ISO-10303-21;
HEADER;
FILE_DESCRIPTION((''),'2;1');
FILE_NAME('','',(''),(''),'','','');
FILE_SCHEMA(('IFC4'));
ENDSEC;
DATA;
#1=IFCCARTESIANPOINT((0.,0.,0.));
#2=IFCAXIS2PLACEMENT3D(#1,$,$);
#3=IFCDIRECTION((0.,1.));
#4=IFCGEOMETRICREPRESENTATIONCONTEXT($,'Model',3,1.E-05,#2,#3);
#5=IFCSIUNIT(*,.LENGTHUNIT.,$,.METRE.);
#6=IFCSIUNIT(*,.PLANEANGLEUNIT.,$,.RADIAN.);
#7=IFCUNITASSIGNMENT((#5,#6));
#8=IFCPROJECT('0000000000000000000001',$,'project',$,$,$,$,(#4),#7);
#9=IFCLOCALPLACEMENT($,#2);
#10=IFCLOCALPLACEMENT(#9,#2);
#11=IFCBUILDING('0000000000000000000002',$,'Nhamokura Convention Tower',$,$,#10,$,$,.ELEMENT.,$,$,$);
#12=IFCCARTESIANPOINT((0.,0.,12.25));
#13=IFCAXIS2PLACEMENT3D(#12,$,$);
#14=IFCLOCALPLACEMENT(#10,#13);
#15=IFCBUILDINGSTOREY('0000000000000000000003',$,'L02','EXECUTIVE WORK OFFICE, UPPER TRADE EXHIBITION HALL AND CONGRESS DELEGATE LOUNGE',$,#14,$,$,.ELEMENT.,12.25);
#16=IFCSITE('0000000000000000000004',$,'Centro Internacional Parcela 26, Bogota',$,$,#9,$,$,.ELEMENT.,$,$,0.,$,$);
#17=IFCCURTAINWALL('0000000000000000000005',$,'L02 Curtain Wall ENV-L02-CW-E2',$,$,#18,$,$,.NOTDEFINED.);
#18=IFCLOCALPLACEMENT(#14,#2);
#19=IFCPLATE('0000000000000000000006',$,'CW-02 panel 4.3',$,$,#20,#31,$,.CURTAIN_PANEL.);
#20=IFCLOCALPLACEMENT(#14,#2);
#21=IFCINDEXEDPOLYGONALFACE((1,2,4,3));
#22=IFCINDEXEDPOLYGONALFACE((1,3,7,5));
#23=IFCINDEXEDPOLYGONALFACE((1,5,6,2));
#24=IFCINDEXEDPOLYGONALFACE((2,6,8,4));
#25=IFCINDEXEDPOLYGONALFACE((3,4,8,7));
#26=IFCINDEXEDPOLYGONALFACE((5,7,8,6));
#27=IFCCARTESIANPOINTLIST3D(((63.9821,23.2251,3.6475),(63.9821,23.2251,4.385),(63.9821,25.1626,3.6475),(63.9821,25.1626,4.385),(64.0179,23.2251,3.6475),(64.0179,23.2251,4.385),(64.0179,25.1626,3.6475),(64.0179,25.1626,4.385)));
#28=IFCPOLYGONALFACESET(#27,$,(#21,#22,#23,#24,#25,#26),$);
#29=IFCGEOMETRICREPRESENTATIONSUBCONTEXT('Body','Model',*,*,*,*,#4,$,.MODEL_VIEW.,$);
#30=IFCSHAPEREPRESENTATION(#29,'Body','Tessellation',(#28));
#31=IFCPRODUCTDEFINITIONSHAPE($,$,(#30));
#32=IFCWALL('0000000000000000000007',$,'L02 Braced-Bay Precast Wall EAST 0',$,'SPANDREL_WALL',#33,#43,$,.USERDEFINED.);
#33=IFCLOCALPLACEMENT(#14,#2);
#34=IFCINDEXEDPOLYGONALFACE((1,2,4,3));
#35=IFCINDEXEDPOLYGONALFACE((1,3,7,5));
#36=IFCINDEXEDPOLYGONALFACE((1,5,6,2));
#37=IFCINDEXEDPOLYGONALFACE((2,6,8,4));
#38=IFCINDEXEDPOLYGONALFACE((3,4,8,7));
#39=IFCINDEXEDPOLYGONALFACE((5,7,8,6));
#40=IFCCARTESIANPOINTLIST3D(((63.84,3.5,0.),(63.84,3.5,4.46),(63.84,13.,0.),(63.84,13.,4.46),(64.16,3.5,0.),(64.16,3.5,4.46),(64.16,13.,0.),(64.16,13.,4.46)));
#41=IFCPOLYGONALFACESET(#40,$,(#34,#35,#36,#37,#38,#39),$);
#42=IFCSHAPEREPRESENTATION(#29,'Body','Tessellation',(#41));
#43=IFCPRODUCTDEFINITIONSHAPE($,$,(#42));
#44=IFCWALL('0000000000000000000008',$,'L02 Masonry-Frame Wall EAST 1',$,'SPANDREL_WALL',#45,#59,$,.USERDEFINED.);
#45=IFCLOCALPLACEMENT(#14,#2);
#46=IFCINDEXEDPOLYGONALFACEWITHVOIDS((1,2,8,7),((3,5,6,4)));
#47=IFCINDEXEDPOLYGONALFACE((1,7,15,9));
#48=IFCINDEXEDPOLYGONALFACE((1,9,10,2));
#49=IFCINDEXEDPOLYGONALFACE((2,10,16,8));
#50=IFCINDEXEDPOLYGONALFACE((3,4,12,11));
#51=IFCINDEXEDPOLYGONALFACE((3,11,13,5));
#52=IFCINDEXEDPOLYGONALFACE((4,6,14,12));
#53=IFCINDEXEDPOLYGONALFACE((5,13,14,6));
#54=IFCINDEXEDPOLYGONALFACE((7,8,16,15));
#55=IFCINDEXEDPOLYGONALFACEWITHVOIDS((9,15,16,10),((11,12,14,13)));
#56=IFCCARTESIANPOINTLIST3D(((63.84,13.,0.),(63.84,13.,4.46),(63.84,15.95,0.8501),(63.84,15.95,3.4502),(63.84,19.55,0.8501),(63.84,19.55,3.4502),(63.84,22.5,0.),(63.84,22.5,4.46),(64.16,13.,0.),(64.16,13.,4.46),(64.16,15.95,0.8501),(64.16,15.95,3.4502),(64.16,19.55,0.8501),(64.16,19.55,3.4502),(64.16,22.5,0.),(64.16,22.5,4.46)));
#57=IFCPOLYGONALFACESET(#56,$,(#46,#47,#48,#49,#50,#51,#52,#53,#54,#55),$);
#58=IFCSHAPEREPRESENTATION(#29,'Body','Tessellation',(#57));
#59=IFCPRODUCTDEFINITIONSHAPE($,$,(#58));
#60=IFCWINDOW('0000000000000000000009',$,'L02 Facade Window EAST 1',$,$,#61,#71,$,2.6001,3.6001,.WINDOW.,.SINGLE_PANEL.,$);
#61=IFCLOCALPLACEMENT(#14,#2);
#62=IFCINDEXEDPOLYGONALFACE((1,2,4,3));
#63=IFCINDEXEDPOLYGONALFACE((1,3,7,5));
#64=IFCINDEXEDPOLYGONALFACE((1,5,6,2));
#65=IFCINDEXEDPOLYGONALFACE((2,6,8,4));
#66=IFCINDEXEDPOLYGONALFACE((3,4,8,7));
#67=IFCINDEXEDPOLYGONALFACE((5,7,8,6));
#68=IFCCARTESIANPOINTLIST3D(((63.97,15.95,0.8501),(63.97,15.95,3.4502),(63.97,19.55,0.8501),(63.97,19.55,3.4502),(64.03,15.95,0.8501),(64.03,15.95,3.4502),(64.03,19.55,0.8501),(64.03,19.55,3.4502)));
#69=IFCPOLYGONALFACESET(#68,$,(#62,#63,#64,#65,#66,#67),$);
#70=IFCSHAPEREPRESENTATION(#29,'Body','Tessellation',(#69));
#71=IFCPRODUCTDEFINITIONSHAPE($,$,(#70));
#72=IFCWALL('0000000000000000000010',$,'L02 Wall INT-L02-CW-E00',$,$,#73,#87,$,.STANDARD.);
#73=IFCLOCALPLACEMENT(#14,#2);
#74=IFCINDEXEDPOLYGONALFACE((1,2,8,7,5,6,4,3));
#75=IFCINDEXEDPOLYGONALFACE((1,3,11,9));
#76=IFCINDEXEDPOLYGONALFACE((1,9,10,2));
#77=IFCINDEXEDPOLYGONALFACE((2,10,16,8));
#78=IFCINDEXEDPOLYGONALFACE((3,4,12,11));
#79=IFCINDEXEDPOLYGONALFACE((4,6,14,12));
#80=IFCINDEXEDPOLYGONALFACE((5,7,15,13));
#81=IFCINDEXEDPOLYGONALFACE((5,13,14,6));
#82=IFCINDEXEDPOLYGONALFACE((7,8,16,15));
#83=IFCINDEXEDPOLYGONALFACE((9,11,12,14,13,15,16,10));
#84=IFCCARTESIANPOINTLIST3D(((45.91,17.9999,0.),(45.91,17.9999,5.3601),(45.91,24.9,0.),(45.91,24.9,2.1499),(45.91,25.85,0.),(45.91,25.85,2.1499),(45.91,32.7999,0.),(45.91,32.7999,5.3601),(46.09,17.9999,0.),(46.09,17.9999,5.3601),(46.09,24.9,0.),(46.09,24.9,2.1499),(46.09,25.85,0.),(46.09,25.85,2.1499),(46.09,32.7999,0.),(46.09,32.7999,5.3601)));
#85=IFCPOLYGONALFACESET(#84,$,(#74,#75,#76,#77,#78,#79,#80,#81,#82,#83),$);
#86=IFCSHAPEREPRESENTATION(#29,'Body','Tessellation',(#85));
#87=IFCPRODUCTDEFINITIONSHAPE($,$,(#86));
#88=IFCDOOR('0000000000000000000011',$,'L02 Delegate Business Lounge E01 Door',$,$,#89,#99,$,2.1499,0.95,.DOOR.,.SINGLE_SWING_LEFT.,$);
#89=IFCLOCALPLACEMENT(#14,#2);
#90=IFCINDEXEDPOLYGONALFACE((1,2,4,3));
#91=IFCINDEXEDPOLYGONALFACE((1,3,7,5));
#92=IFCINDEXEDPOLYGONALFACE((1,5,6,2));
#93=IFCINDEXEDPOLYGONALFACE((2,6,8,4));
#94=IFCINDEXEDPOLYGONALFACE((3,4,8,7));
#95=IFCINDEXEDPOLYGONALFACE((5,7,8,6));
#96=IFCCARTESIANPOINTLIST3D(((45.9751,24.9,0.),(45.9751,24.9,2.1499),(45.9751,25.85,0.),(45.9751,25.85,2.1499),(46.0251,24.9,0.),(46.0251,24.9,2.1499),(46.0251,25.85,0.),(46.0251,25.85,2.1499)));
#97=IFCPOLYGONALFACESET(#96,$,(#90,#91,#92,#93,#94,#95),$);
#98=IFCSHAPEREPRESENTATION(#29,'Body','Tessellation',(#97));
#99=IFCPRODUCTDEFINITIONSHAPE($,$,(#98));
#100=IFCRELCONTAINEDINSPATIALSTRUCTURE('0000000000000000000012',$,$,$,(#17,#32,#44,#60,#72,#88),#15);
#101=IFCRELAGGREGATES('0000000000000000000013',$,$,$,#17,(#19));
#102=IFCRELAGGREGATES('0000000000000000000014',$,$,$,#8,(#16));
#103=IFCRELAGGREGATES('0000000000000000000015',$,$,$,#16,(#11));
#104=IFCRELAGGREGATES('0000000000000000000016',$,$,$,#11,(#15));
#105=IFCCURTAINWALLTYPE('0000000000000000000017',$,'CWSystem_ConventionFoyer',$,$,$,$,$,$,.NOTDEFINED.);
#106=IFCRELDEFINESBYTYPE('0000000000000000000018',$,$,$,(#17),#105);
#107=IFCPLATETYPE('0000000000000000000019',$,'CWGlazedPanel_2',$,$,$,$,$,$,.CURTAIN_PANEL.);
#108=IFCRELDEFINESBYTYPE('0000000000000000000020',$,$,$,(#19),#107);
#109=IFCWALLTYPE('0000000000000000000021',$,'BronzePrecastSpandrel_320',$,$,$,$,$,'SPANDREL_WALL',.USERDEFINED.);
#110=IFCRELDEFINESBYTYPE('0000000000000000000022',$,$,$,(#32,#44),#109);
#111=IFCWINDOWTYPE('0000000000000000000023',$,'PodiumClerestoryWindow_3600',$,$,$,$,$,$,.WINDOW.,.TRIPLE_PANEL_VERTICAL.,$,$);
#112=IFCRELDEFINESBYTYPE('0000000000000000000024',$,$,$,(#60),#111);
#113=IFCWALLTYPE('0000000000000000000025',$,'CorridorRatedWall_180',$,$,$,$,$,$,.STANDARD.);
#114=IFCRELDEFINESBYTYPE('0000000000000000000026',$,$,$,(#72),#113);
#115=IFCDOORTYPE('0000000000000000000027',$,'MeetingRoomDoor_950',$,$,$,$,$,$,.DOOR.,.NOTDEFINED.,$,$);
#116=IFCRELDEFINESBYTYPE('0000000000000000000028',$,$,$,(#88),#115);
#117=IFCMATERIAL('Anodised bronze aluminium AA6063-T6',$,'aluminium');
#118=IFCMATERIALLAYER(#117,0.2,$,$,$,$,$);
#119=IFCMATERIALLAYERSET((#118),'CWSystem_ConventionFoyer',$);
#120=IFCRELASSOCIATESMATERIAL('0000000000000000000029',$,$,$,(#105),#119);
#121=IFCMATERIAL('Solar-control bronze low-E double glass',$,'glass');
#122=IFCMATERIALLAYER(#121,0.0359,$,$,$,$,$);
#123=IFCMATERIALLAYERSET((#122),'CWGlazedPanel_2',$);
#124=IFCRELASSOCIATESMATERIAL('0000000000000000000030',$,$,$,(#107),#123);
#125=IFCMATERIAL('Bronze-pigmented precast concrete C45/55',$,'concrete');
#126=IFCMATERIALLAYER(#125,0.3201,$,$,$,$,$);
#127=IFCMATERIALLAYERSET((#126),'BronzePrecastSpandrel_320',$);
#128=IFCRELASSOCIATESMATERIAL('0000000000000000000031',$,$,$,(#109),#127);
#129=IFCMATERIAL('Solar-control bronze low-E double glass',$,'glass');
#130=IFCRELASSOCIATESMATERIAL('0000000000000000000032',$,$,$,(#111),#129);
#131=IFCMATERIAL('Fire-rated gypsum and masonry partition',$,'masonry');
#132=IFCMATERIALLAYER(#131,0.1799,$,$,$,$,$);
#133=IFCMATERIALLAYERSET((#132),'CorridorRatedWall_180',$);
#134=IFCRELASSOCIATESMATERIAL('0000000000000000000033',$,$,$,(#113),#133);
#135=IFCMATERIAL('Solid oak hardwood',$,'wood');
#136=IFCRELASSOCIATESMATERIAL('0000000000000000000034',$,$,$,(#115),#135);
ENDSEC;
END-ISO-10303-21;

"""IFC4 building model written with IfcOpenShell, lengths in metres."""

from ifc_helpers import new_model, si_unit, direction, frame, frame_2d, origin, origin_2d, place, context, subcontext, project, spatial, rectangle, extrude, material, layer, layer_set, type_object, element, fill, aggregate, save


model = new_model("IFC4")

# Units and contexts
model_context = context("Model", 3, precision=1e-05, world=origin(), true_north=direction((0.0, 1.0)))
body_context = subcontext(model_context, "Body", "Model", "MODEL_VIEW")
ifc_project = project(units=[si_unit("LENGTHUNIT", "METRE"), si_unit("PLANEANGLEUNIT", "RADIAN")], contexts=[model_context])

# Site, building, storey
site_placement = place(None, origin())
site = spatial("IfcSite", under=ifc_project, at=site_placement, Name="Centro Internacional Parcela 26, Bogota", CompositionType="ELEMENT", RefElevation=0.0)
building_placement = place(site_placement, origin())
building = spatial("IfcBuilding", under=site, at=building_placement, Name="Nhamokura Convention Tower", CompositionType="ELEMENT")
storey_placement = place(building_placement, frame((0.0, 0.0, 12.25)))
storey = spatial("IfcBuildingStorey", under=building, at=storey_placement, Name="L02", Description="EXECUTIVE WORK OFFICE, UPPER TRADE EXHIBITION HALL AND CONGRESS DELEGATE LOUNGE", CompositionType="ELEMENT", Elevation=12.25)

# Curtain wall
ifc_material_1 = material(Name="Anodised bronze aluminium AA6063-T6", Category="aluminium")
ifc_layer_1 = layer(ifc_material_1, 0.2)
ifc_layer_set_1 = layer_set([ifc_layer_1], Name="CWSystem_ConventionFoyer")
curtain_wall_type = type_object("IfcCurtainWallType", Name="CWSystem_ConventionFoyer", PredefinedType="NOTDEFINED", material=ifc_layer_set_1)
curtain_wall_placement = place(storey_placement, origin())
curtain_wall = element("IfcCurtainWall", 1, at=curtain_wall_placement, inside=storey, type_object=curtain_wall_type, Name="L02 Curtain Wall ENV-L02-CW-E2", PredefinedType="NOTDEFINED")

# Plate
ifc_material_2 = material(Name="Solar-control bronze low-E double glass", Category="glass")
ifc_layer_2 = layer(ifc_material_2, 0.0359)
ifc_layer_set_2 = layer_set([ifc_layer_2], Name="CWGlazedPanel_2")
plate_type = type_object("IfcPlateType", Name="CWGlazedPanel_2", PredefinedType="CURTAIN_PANEL", material=ifc_layer_set_2)
plate_1_placement = place(storey_placement, frame((64.0, 24.1938, 3.6475), z_axis=(0.0, 0.0, 1.0), x_axis=(0.0, -1.0, 0.0)))
plate_1 = element("IfcPlate", 2, at=plate_1_placement, type_object=plate_type, Name="CW-02 panel 4.3", PredefinedType="CURTAIN_PANEL", context=body_context, shape_type="SweptSolid", body=[
    extrude(rectangle(XDim=1.9375, YDim=0.0359, at=origin_2d()), origin(), (0.0, 0.0, 1.0), 0.7375),
])
aggregate(curtain_wall, [plate_1])

# Wall
ifc_material_3 = material(Name="Bronze-pigmented precast concrete C45/55", Category="concrete")
ifc_layer_3 = layer(ifc_material_3, 0.3201)
ifc_layer_set_3 = layer_set([ifc_layer_3], Name="BronzePrecastSpandrel_320")
wall_type_1 = type_object("IfcWallType", Name="BronzePrecastSpandrel_320", ElementType="SPANDREL_WALL", PredefinedType="USERDEFINED", material=ifc_layer_set_3)
wall_1_placement = place(storey_placement, frame((64.0, 13.0, 0.0), z_axis=(0.0, 0.0, 1.0), x_axis=(0.0, -1.0, 0.0)))
element("IfcWall", 3, at=wall_1_placement, inside=storey, type_object=wall_type_1, Name="L02 Braced-Bay Precast Wall EAST 0", ObjectType="SPANDREL_WALL", PredefinedType="USERDEFINED", context=body_context, shape_type="SweptSolid", body=[
    extrude(rectangle(XDim=9.5, YDim=0.3201, at=frame_2d((4.75, 0.0))), origin(), (0.0, 0.0, 1.0), 4.46),
])

# Wall, opening, window
wall_2_placement = place(storey_placement, frame((64.0, 22.5, 0.0), z_axis=(0.0, 0.0, 1.0), x_axis=(0.0, -1.0, 0.0)))
wall_2 = element("IfcWall", 4, at=wall_2_placement, inside=storey, type_object=wall_type_1, Name="L02 Masonry-Frame Wall EAST 1", ObjectType="SPANDREL_WALL", PredefinedType="USERDEFINED", context=body_context, shape_type="SweptSolid", body=[
    extrude(rectangle(XDim=9.5, YDim=0.3201, at=frame_2d((4.75, 0.0))), origin(), (0.0, 0.0, 1.0), 4.46),
])
opening_1_placement = place(wall_2_placement, frame((2.95, 0.0, 0.8501)))
opening_1 = element("IfcOpeningElement", 5, at=opening_1_placement, cuts=wall_2, PredefinedType="OPENING", context=body_context, shape_type="SweptSolid", body=[
    extrude(rectangle(XDim=3.6001, YDim=2.6001, at=frame_2d((1.8, 1.3))), frame((0.0, 0.1699, 0.0), z_axis=(0.0, -1.0, 0.0), x_axis=(1.0, 0.0, 0.0)), (0.0, 0.0, 1.0), 0.3401),
])
ifc_material_4 = material(Name="Solar-control bronze low-E double glass", Category="glass")
window_type = type_object("IfcWindowType", Name="PodiumClerestoryWindow_3600", PartitioningType="TRIPLE_PANEL_VERTICAL", PredefinedType="WINDOW", material=ifc_material_4)
window_placement = place(opening_1_placement, origin())
window = element("IfcWindow", 6, at=window_placement, inside=storey, type_object=window_type, Name="L02 Facade Window EAST 1", OverallHeight=2.6001, OverallWidth=3.6001, PartitioningType="SINGLE_PANEL", PredefinedType="WINDOW", context=body_context, shape_type="SweptSolid", body=[
    extrude(rectangle(XDim=3.6001, YDim=2.6001, at=frame_2d((1.8, 1.3))), frame((0.0, 0.03, 0.0), z_axis=(0.0, -1.0, 0.0), x_axis=(1.0, 0.0, 0.0)), (0.0, 0.0, 1.0), 0.0601),
])
fill(opening_1, window)

# Wall, opening, door
ifc_material_5 = material(Name="Fire-rated gypsum and masonry partition", Category="masonry")
ifc_layer_4 = layer(ifc_material_5, 0.1799)
ifc_layer_set_4 = layer_set([ifc_layer_4], Name="CorridorRatedWall_180")
wall_type_2 = type_object("IfcWallType", Name="CorridorRatedWall_180", PredefinedType="STANDARD", material=ifc_layer_set_4)
wall_3_placement = place(storey_placement, frame((46.0, 18.0, 0.0), z_axis=(0.0, 0.0, 1.0), x_axis=(0.0, 1.0, 0.0)))
wall_3 = element("IfcWall", 7, at=wall_3_placement, inside=storey, type_object=wall_type_2, Name="L02 Wall INT-L02-CW-E00", PredefinedType="STANDARD", context=body_context, shape_type="SweptSolid", body=[
    extrude(rectangle(XDim=14.8, YDim=0.1799, at=frame_2d((7.3999, 0.0))), origin(), (0.0, 0.0, 1.0), 5.3601),
])
opening_2_placement = place(wall_3_placement, frame((6.8999, 0.0, 0.0)))
opening_2 = element("IfcOpeningElement", 8, at=opening_2_placement, cuts=wall_3, PredefinedType="OPENING", context=body_context, shape_type="SweptSolid", body=[
    extrude(rectangle(XDim=0.95, YDim=2.1499, at=frame_2d((0.4751, 1.075))), frame((0.0, 0.0999, 0.0), z_axis=(0.0, -1.0, 0.0), x_axis=(1.0, 0.0, 0.0)), (0.0, 0.0, 1.0), 0.2),
])
ifc_material_6 = material(Name="Solid oak hardwood", Category="wood")
door_type_1 = type_object("IfcDoorType", Name="MeetingRoomDoor_950", OperationType="NOTDEFINED", PredefinedType="DOOR", material=ifc_material_6)
door_1_placement = place(opening_2_placement, origin())
door_1 = element("IfcDoor", 9, at=door_1_placement, inside=storey, type_object=door_type_1, Name="L02 Delegate Business Lounge E01 Door", OperationType="SINGLE_SWING_LEFT", OverallHeight=2.1499, OverallWidth=0.95, PredefinedType="DOOR", context=body_context, shape_type="SweptSolid", body=[
    extrude(rectangle(XDim=0.95, YDim=2.1499, at=frame_2d((0.4751, 1.075))), frame((0.0, 0.0249, 0.0), z_axis=(0.0, -1.0, 0.0), x_axis=(1.0, 0.0, 0.0)), (0.0, 0.0, 1.0), 0.05),
])
fill(opening_2, door_1)

save(model, "model.ifc")
